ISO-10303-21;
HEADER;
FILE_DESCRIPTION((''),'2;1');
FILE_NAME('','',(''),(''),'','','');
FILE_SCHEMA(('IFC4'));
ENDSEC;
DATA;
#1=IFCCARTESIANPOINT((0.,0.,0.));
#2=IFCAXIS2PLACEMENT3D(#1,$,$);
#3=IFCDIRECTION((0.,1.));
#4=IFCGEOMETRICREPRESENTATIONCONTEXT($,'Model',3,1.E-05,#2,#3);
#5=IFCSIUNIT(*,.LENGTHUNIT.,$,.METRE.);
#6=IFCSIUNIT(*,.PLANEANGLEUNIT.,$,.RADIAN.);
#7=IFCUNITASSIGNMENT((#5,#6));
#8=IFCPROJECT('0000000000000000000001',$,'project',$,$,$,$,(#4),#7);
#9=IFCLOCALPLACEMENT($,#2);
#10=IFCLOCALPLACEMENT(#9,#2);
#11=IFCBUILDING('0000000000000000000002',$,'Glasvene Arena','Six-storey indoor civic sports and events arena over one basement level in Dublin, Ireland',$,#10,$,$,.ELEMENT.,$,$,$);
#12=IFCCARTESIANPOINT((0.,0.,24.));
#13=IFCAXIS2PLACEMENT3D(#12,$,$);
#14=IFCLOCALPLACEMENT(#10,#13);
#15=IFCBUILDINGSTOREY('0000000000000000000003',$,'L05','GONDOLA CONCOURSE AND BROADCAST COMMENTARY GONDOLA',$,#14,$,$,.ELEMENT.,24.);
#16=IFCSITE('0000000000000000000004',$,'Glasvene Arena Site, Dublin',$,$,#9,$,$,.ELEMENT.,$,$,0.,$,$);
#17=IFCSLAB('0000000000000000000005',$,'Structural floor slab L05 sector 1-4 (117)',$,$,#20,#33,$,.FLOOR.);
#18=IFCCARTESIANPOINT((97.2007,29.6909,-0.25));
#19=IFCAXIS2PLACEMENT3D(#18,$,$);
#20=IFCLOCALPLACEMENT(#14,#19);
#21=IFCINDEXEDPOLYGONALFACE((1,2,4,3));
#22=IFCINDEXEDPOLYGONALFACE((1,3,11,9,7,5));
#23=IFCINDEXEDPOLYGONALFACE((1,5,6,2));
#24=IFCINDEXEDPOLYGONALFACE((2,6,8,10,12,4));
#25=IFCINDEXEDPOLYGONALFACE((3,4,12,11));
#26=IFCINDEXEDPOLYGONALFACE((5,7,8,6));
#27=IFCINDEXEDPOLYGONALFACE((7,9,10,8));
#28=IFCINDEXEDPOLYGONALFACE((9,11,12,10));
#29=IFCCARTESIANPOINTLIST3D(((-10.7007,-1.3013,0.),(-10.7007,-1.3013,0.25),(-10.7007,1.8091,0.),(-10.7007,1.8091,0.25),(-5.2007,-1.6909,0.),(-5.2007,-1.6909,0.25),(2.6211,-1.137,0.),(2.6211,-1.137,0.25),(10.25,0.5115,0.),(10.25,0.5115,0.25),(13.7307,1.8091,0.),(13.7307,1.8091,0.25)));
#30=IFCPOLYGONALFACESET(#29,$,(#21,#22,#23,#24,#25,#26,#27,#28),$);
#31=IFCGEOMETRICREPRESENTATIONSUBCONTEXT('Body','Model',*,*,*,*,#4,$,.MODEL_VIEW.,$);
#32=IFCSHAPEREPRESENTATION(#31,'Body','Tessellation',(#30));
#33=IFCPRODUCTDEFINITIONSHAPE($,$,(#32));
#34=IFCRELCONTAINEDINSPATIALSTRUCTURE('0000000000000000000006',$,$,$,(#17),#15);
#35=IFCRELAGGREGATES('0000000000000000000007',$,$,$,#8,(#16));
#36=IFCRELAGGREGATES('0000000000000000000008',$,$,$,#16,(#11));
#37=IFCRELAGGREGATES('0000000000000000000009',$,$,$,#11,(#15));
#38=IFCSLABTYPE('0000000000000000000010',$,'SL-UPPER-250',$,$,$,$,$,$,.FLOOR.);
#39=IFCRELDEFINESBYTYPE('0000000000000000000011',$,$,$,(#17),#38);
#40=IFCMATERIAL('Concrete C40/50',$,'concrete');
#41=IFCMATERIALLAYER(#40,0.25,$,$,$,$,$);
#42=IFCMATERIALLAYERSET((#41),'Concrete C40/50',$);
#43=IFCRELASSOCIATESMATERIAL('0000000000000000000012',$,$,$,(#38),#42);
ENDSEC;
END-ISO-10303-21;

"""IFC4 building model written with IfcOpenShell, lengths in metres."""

from ifc_helpers import new_model, si_unit, direction, frame, origin, place, context, subcontext, project, spatial, polyline, outline, extrude, material, layer, layer_set, type_object, element, save


model = new_model("IFC4")

# Units and contexts
model_context = context("Model", 3, precision=1e-05, world=origin(), true_north=direction((0.0, 1.0)))
body_context = subcontext(model_context, "Body", "Model", "MODEL_VIEW")
ifc_project = project(units=[si_unit("LENGTHUNIT", "METRE"), si_unit("PLANEANGLEUNIT", "RADIAN")], contexts=[model_context])

# Site, building, storey
site_placement = place(None, origin())
site = spatial("IfcSite", under=ifc_project, at=site_placement, Name="Glasvene Arena Site, Dublin", CompositionType="ELEMENT", RefElevation=0.0)
building_placement = place(site_placement, origin())
building = spatial("IfcBuilding", under=site, at=building_placement, Name="Glasvene Arena", Description="Six-storey indoor civic sports and events arena over one basement level in Dublin, Ireland", CompositionType="ELEMENT")
storey_placement = place(building_placement, frame((0.0, 0.0, 24.0)))
storey = spatial("IfcBuildingStorey", under=building, at=storey_placement, Name="L05", Description="GONDOLA CONCOURSE AND BROADCAST COMMENTARY GONDOLA", CompositionType="ELEMENT", Elevation=24.0)

# Slab
ifc_material_1 = material(Name="Concrete C40/50", Category="concrete")
ifc_layer_1 = layer(ifc_material_1, 0.25)
ifc_layer_set_1 = layer_set([ifc_layer_1], Name="Concrete C40/50")
slab_type = type_object("IfcSlabType", Name="SL-UPPER-250", PredefinedType="FLOOR", material=ifc_layer_set_1)
slab_placement = place(storey_placement, frame((97.2007, 29.6909, -0.25)))
element("IfcSlab", 1, at=slab_placement, inside=storey, type_object=slab_type, Name="Structural floor slab L05 sector 1-4 (117)", PredefinedType="FLOOR", context=body_context, shape_type="SweptSolid", body=[
    extrude(outline(polyline([(10.25, 0.5115), (2.6211, -1.137), (-5.2007, -1.6909), (-10.7007, -1.3013), (-10.7007, 1.8091), (13.7307, 1.8091), (10.25, 0.5115)])), origin(), (0.0, 0.0, 1.0), 0.25),
])

save(model, "model.ifc")
